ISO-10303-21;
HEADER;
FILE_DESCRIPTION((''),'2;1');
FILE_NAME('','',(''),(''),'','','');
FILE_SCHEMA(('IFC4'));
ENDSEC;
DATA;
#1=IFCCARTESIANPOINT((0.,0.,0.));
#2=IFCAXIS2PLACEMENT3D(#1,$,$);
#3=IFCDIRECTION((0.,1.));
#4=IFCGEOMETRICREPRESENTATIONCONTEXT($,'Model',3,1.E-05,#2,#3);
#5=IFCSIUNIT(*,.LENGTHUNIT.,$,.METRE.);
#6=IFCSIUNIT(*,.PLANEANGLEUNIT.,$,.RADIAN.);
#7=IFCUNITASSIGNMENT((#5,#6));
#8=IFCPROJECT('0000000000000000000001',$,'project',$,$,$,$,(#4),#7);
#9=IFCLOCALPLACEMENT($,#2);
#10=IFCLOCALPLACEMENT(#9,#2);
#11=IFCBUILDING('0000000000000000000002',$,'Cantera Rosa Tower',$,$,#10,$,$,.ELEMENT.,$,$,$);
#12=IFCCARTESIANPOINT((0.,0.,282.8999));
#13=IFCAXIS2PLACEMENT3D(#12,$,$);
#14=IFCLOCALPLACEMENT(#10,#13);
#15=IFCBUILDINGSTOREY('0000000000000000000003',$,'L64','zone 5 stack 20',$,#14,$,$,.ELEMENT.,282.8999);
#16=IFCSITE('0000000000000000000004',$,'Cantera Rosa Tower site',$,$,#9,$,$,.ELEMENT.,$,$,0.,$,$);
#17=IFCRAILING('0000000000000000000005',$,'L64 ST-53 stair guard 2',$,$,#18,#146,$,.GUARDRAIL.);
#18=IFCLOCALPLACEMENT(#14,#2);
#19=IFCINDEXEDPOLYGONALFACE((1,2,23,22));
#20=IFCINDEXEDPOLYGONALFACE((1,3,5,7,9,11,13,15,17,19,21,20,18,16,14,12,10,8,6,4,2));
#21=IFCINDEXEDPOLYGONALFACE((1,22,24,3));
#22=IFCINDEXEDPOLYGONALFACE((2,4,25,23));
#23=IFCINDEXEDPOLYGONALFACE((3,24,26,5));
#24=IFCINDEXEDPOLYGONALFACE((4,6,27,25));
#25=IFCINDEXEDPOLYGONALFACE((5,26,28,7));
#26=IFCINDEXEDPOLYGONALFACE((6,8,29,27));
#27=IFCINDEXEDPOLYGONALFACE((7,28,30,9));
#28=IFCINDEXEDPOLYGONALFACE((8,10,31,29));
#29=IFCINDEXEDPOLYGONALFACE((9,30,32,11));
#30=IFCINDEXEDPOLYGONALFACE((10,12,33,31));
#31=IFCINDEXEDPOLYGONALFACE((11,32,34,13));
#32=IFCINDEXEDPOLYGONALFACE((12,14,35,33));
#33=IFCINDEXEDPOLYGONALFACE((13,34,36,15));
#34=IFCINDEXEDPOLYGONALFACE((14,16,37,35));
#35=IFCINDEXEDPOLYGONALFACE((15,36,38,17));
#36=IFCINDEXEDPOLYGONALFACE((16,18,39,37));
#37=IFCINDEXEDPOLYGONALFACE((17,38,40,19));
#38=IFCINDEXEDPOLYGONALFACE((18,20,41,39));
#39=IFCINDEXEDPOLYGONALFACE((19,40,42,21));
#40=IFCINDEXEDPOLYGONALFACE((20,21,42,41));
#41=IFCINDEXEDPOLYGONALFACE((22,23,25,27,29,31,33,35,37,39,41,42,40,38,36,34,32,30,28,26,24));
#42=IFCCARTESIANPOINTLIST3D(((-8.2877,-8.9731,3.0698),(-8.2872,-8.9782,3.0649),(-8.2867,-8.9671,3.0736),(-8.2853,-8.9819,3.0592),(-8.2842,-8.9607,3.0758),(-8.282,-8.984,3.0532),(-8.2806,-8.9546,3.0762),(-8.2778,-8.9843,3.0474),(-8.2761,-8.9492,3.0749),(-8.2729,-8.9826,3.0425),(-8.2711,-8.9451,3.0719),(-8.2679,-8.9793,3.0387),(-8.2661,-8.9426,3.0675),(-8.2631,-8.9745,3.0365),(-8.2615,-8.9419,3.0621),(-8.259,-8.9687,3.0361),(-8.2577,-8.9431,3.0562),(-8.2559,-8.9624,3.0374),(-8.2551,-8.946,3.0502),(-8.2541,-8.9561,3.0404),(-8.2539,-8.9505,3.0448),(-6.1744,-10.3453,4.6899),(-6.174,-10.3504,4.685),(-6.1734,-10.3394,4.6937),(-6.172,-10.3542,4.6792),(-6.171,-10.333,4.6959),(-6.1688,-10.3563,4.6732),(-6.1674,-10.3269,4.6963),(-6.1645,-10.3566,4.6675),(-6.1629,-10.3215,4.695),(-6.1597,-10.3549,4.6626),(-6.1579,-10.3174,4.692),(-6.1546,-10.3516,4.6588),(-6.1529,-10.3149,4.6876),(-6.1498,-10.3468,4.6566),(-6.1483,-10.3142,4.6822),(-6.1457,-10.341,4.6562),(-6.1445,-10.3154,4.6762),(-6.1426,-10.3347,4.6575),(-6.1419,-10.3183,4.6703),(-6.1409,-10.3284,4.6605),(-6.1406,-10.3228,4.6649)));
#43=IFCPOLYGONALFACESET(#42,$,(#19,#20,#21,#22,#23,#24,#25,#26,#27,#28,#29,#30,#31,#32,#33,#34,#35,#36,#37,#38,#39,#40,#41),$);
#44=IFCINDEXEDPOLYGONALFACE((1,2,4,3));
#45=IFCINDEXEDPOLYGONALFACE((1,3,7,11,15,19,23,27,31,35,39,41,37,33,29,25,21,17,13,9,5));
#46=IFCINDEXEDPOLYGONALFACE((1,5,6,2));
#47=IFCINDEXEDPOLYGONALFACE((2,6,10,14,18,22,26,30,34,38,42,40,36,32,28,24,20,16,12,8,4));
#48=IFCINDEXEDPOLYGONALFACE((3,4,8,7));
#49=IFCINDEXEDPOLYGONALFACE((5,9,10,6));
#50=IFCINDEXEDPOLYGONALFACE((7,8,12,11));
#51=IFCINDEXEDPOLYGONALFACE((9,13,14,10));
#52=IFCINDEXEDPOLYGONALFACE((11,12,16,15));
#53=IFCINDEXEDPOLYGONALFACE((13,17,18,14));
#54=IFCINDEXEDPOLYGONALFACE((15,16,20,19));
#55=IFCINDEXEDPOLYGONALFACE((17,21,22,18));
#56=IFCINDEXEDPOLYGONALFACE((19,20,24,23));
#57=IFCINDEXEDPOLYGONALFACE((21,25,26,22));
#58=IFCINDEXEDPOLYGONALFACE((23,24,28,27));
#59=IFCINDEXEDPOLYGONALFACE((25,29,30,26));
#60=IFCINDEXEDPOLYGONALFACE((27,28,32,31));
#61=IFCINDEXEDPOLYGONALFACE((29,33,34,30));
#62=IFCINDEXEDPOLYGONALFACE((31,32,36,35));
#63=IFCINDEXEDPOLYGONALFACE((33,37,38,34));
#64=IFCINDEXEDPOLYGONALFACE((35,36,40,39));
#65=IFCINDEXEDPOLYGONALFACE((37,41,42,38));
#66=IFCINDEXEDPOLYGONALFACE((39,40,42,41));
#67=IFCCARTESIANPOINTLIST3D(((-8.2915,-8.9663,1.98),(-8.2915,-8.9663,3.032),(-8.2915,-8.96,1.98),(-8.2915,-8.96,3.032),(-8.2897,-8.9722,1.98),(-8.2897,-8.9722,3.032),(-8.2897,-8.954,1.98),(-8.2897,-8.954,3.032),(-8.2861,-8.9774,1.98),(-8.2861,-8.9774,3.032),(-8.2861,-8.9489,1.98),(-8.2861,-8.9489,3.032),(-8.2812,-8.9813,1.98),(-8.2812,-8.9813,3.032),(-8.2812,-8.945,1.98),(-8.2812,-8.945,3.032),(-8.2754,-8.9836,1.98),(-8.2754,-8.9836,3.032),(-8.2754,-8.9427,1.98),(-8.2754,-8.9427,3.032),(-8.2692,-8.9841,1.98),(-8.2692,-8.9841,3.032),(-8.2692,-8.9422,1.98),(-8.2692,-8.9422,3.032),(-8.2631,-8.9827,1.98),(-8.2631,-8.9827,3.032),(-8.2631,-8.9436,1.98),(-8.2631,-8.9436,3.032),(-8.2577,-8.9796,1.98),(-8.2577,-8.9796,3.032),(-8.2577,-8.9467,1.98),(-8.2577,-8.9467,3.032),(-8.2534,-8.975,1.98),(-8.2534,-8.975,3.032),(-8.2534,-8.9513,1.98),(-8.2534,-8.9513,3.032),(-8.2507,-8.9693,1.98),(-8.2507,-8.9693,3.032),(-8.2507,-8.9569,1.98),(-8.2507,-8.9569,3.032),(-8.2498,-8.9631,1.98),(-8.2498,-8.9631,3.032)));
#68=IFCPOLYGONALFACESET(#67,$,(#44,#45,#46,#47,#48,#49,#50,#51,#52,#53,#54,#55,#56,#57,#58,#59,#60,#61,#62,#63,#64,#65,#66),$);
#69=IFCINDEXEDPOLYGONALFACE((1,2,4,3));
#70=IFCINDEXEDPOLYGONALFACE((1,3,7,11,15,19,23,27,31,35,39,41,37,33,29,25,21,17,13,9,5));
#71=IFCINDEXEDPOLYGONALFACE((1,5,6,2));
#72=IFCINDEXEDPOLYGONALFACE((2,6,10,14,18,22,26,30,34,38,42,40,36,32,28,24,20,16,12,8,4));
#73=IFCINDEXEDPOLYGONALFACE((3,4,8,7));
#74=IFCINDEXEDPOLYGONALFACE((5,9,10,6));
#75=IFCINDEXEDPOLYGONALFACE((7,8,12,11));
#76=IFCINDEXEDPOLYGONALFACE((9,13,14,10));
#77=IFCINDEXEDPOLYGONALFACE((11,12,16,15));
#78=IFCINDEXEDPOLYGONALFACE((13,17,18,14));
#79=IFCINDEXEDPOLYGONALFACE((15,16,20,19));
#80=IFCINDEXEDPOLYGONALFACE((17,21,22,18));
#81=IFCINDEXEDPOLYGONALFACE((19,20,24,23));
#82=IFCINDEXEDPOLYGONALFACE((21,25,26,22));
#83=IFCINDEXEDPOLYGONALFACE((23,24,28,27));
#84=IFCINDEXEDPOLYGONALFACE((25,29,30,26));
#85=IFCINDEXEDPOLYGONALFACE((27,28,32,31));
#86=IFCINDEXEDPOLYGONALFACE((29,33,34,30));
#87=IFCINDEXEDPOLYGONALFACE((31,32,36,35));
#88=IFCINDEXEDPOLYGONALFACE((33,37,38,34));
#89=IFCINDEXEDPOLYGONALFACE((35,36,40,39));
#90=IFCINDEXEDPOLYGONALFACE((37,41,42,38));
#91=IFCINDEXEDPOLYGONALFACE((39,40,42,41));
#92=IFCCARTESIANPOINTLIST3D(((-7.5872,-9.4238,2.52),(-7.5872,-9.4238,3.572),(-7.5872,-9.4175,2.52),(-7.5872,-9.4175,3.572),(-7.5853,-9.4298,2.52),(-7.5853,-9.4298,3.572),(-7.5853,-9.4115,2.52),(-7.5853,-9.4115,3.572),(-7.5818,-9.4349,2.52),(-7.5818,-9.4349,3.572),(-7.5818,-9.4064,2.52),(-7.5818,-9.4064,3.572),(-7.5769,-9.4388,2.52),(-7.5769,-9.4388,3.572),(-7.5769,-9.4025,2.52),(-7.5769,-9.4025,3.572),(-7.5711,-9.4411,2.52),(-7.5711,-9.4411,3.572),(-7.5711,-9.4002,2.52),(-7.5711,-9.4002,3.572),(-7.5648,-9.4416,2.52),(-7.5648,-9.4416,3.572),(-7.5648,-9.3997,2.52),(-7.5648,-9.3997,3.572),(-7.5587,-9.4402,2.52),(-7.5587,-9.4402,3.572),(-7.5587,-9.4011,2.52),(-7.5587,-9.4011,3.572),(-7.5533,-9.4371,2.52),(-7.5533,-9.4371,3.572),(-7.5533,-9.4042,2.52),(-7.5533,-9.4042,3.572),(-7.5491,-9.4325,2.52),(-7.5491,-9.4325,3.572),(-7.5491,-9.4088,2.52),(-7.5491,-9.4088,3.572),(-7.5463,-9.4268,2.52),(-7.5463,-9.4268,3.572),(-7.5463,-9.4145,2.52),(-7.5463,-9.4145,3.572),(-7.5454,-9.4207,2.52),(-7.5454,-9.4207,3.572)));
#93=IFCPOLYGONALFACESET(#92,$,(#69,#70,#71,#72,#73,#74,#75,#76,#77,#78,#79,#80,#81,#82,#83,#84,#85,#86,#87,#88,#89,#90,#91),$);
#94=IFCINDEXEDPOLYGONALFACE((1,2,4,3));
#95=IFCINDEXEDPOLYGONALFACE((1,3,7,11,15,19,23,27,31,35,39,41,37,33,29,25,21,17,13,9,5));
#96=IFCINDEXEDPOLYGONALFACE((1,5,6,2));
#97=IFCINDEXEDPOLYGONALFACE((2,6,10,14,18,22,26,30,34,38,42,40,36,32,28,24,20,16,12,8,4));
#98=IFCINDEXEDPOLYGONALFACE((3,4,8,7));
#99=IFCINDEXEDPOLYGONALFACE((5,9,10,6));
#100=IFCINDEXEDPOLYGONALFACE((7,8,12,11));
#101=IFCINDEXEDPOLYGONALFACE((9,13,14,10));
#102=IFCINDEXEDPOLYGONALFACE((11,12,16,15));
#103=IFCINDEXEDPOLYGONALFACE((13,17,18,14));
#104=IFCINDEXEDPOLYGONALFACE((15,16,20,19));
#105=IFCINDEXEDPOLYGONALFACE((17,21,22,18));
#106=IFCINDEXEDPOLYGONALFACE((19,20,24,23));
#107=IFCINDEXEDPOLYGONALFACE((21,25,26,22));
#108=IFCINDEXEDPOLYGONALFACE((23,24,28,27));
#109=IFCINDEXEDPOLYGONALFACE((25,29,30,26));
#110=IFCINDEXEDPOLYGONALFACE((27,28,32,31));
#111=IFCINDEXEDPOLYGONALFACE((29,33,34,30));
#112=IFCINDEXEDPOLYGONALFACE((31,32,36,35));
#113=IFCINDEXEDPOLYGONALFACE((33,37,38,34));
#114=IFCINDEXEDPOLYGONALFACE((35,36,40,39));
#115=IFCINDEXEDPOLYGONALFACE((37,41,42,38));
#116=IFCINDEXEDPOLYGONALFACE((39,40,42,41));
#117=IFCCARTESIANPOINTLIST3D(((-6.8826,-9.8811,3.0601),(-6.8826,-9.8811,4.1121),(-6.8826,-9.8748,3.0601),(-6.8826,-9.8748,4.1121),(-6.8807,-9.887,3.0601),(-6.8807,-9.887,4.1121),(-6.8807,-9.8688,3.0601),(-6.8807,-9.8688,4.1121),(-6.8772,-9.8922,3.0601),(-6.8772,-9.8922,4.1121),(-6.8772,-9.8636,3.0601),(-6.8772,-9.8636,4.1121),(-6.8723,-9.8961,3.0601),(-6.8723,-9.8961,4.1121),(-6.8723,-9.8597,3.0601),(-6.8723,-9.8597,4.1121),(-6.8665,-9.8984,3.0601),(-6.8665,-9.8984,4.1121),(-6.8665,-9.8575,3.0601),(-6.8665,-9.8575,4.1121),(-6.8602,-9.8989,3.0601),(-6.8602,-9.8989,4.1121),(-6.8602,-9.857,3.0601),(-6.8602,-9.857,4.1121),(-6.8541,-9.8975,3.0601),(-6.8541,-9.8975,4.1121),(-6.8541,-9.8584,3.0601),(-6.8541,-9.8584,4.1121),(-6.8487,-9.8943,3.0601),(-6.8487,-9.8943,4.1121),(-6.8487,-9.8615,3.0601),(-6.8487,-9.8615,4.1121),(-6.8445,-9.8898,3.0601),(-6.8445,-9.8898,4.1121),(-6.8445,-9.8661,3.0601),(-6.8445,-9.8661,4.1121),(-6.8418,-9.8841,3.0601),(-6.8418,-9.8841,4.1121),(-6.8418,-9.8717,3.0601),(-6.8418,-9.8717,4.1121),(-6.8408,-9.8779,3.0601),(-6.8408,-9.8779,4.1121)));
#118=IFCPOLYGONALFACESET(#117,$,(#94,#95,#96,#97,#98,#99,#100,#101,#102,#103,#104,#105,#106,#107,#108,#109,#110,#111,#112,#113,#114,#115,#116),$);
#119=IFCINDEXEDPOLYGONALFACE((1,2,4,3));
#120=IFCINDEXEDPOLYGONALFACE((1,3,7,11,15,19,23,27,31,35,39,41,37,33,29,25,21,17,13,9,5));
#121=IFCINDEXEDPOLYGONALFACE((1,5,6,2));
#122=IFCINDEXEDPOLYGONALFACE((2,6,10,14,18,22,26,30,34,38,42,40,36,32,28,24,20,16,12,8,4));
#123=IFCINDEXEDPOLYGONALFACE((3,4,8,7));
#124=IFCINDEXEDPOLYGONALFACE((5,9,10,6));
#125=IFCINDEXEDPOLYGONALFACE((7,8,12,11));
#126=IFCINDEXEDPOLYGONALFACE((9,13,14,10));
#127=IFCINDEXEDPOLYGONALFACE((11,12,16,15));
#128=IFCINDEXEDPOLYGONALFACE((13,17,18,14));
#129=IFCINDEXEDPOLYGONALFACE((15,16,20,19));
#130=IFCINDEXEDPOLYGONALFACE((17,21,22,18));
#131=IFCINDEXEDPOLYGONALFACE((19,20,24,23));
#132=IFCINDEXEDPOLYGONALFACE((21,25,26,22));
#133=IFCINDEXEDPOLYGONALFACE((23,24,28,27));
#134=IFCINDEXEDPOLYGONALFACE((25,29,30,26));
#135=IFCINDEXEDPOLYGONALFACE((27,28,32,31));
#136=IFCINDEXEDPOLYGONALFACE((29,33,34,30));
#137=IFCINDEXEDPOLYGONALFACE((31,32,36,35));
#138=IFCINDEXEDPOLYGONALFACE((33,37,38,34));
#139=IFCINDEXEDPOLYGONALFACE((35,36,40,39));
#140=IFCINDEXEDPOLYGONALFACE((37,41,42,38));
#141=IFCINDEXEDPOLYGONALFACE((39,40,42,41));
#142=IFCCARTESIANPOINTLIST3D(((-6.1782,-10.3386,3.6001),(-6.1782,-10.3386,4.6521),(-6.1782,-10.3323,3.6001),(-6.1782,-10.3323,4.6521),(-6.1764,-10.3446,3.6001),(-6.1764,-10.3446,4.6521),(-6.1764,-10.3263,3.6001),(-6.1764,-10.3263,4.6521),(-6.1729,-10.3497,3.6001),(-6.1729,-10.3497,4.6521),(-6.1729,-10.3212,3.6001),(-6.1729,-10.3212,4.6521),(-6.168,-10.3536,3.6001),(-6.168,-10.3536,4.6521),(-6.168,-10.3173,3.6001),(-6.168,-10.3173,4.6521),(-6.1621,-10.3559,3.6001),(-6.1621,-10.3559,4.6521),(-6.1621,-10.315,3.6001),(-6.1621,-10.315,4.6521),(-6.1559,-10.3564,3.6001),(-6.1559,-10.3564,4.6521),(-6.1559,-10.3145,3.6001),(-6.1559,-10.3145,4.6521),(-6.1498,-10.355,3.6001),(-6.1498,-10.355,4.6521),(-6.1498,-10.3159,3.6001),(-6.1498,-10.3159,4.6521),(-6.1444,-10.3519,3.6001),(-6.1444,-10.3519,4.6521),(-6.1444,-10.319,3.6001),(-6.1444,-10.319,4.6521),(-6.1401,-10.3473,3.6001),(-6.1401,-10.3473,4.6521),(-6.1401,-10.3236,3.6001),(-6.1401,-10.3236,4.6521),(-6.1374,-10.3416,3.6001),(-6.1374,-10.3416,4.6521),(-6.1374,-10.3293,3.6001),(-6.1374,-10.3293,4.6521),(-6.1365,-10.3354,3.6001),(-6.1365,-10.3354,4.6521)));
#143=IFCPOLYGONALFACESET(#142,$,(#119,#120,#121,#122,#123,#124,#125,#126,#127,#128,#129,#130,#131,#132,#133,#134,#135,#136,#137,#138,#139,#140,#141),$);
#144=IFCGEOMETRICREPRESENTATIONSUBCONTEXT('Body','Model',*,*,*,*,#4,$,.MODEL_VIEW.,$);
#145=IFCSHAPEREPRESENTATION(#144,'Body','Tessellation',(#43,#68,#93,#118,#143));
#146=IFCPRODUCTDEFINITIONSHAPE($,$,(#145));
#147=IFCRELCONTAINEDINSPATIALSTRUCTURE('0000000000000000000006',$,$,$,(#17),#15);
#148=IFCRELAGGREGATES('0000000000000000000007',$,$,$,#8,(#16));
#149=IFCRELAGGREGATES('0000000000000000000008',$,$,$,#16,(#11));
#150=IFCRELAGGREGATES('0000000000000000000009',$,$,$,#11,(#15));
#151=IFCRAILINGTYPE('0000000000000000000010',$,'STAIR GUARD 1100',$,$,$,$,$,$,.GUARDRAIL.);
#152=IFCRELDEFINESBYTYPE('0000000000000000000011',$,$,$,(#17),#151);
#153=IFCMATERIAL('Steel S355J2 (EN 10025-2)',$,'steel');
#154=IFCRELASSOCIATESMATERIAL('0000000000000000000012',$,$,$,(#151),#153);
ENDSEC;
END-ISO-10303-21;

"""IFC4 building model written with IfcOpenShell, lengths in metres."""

from ifc_helpers import new_model, si_unit, direction, frame, origin, origin_2d, place, context, subcontext, project, spatial, circle, extrude, material, type_object, element, save


model = new_model("IFC4")

# Units and contexts
model_context = context("Model", 3, precision=1e-05, world=origin(), true_north=direction((0.0, 1.0)))
body_context = subcontext(model_context, "Body", "Model", "MODEL_VIEW")
ifc_project = project(units=[si_unit("LENGTHUNIT", "METRE"), si_unit("PLANEANGLEUNIT", "RADIAN")], contexts=[model_context])

# Site, building, storey
site_placement = place(None, origin())
site = spatial("IfcSite", under=ifc_project, at=site_placement, Name="Cantera Rosa Tower site", CompositionType="ELEMENT", RefElevation=0.0)
building_placement = place(site_placement, origin())
building = spatial("IfcBuilding", under=site, at=building_placement, Name="Cantera Rosa Tower", CompositionType="ELEMENT")
storey_placement = place(building_placement, frame((0.0, 0.0, 282.8999)))
storey = spatial("IfcBuildingStorey", under=building, at=storey_placement, Name="L64", Description="zone 5 stack 20", CompositionType="ELEMENT", Elevation=282.8999)

# Railing
ifc_material_1 = material(Name="Steel S355J2 (EN 10025-2)", Category="steel")
railing_type_1 = type_object("IfcRailingType", Name="STAIR GUARD 1100", PredefinedType="GUARDRAIL", material=ifc_material_1)
railing_1_placement = place(storey_placement, frame((-8.2708, -8.9631, 1.98)))
element("IfcRailing", 1, at=railing_1_placement, inside=storey, type_object=railing_type_1, Name="L64 ST-53 stair guard 2", PredefinedType="GUARDRAIL", context=body_context, shape_type="SweptSolid", body=[
    extrude(circle(Radius=0.0239, at=origin_2d()), frame((0.0, 0.0, 1.0762), z_axis=(0.705447, -0.458101, 0.540821), x_axis=(0.54462, 0.838683, 0.0)), (0.0, 0.0, 1.0), 2.9956),
    extrude(circle(Radius=0.021, at=origin_2d()), origin(), (0.0, 0.0, 1.0), 1.052),
    extrude(circle(Radius=0.021, at=origin_2d()), frame((0.7043, -0.4575, 0.54)), (0.0, 0.0, 1.0), 1.052),
    extrude(circle(Radius=0.021, at=origin_2d()), frame((1.4089, -0.9148, 1.0801)), (0.0, 0.0, 1.0), 1.052),
    extrude(circle(Radius=0.021, at=origin_2d()), frame((2.1133, -1.3723, 1.6201)), (0.0, 0.0, 1.0), 1.052),
])

save(model, "model.ifc")
